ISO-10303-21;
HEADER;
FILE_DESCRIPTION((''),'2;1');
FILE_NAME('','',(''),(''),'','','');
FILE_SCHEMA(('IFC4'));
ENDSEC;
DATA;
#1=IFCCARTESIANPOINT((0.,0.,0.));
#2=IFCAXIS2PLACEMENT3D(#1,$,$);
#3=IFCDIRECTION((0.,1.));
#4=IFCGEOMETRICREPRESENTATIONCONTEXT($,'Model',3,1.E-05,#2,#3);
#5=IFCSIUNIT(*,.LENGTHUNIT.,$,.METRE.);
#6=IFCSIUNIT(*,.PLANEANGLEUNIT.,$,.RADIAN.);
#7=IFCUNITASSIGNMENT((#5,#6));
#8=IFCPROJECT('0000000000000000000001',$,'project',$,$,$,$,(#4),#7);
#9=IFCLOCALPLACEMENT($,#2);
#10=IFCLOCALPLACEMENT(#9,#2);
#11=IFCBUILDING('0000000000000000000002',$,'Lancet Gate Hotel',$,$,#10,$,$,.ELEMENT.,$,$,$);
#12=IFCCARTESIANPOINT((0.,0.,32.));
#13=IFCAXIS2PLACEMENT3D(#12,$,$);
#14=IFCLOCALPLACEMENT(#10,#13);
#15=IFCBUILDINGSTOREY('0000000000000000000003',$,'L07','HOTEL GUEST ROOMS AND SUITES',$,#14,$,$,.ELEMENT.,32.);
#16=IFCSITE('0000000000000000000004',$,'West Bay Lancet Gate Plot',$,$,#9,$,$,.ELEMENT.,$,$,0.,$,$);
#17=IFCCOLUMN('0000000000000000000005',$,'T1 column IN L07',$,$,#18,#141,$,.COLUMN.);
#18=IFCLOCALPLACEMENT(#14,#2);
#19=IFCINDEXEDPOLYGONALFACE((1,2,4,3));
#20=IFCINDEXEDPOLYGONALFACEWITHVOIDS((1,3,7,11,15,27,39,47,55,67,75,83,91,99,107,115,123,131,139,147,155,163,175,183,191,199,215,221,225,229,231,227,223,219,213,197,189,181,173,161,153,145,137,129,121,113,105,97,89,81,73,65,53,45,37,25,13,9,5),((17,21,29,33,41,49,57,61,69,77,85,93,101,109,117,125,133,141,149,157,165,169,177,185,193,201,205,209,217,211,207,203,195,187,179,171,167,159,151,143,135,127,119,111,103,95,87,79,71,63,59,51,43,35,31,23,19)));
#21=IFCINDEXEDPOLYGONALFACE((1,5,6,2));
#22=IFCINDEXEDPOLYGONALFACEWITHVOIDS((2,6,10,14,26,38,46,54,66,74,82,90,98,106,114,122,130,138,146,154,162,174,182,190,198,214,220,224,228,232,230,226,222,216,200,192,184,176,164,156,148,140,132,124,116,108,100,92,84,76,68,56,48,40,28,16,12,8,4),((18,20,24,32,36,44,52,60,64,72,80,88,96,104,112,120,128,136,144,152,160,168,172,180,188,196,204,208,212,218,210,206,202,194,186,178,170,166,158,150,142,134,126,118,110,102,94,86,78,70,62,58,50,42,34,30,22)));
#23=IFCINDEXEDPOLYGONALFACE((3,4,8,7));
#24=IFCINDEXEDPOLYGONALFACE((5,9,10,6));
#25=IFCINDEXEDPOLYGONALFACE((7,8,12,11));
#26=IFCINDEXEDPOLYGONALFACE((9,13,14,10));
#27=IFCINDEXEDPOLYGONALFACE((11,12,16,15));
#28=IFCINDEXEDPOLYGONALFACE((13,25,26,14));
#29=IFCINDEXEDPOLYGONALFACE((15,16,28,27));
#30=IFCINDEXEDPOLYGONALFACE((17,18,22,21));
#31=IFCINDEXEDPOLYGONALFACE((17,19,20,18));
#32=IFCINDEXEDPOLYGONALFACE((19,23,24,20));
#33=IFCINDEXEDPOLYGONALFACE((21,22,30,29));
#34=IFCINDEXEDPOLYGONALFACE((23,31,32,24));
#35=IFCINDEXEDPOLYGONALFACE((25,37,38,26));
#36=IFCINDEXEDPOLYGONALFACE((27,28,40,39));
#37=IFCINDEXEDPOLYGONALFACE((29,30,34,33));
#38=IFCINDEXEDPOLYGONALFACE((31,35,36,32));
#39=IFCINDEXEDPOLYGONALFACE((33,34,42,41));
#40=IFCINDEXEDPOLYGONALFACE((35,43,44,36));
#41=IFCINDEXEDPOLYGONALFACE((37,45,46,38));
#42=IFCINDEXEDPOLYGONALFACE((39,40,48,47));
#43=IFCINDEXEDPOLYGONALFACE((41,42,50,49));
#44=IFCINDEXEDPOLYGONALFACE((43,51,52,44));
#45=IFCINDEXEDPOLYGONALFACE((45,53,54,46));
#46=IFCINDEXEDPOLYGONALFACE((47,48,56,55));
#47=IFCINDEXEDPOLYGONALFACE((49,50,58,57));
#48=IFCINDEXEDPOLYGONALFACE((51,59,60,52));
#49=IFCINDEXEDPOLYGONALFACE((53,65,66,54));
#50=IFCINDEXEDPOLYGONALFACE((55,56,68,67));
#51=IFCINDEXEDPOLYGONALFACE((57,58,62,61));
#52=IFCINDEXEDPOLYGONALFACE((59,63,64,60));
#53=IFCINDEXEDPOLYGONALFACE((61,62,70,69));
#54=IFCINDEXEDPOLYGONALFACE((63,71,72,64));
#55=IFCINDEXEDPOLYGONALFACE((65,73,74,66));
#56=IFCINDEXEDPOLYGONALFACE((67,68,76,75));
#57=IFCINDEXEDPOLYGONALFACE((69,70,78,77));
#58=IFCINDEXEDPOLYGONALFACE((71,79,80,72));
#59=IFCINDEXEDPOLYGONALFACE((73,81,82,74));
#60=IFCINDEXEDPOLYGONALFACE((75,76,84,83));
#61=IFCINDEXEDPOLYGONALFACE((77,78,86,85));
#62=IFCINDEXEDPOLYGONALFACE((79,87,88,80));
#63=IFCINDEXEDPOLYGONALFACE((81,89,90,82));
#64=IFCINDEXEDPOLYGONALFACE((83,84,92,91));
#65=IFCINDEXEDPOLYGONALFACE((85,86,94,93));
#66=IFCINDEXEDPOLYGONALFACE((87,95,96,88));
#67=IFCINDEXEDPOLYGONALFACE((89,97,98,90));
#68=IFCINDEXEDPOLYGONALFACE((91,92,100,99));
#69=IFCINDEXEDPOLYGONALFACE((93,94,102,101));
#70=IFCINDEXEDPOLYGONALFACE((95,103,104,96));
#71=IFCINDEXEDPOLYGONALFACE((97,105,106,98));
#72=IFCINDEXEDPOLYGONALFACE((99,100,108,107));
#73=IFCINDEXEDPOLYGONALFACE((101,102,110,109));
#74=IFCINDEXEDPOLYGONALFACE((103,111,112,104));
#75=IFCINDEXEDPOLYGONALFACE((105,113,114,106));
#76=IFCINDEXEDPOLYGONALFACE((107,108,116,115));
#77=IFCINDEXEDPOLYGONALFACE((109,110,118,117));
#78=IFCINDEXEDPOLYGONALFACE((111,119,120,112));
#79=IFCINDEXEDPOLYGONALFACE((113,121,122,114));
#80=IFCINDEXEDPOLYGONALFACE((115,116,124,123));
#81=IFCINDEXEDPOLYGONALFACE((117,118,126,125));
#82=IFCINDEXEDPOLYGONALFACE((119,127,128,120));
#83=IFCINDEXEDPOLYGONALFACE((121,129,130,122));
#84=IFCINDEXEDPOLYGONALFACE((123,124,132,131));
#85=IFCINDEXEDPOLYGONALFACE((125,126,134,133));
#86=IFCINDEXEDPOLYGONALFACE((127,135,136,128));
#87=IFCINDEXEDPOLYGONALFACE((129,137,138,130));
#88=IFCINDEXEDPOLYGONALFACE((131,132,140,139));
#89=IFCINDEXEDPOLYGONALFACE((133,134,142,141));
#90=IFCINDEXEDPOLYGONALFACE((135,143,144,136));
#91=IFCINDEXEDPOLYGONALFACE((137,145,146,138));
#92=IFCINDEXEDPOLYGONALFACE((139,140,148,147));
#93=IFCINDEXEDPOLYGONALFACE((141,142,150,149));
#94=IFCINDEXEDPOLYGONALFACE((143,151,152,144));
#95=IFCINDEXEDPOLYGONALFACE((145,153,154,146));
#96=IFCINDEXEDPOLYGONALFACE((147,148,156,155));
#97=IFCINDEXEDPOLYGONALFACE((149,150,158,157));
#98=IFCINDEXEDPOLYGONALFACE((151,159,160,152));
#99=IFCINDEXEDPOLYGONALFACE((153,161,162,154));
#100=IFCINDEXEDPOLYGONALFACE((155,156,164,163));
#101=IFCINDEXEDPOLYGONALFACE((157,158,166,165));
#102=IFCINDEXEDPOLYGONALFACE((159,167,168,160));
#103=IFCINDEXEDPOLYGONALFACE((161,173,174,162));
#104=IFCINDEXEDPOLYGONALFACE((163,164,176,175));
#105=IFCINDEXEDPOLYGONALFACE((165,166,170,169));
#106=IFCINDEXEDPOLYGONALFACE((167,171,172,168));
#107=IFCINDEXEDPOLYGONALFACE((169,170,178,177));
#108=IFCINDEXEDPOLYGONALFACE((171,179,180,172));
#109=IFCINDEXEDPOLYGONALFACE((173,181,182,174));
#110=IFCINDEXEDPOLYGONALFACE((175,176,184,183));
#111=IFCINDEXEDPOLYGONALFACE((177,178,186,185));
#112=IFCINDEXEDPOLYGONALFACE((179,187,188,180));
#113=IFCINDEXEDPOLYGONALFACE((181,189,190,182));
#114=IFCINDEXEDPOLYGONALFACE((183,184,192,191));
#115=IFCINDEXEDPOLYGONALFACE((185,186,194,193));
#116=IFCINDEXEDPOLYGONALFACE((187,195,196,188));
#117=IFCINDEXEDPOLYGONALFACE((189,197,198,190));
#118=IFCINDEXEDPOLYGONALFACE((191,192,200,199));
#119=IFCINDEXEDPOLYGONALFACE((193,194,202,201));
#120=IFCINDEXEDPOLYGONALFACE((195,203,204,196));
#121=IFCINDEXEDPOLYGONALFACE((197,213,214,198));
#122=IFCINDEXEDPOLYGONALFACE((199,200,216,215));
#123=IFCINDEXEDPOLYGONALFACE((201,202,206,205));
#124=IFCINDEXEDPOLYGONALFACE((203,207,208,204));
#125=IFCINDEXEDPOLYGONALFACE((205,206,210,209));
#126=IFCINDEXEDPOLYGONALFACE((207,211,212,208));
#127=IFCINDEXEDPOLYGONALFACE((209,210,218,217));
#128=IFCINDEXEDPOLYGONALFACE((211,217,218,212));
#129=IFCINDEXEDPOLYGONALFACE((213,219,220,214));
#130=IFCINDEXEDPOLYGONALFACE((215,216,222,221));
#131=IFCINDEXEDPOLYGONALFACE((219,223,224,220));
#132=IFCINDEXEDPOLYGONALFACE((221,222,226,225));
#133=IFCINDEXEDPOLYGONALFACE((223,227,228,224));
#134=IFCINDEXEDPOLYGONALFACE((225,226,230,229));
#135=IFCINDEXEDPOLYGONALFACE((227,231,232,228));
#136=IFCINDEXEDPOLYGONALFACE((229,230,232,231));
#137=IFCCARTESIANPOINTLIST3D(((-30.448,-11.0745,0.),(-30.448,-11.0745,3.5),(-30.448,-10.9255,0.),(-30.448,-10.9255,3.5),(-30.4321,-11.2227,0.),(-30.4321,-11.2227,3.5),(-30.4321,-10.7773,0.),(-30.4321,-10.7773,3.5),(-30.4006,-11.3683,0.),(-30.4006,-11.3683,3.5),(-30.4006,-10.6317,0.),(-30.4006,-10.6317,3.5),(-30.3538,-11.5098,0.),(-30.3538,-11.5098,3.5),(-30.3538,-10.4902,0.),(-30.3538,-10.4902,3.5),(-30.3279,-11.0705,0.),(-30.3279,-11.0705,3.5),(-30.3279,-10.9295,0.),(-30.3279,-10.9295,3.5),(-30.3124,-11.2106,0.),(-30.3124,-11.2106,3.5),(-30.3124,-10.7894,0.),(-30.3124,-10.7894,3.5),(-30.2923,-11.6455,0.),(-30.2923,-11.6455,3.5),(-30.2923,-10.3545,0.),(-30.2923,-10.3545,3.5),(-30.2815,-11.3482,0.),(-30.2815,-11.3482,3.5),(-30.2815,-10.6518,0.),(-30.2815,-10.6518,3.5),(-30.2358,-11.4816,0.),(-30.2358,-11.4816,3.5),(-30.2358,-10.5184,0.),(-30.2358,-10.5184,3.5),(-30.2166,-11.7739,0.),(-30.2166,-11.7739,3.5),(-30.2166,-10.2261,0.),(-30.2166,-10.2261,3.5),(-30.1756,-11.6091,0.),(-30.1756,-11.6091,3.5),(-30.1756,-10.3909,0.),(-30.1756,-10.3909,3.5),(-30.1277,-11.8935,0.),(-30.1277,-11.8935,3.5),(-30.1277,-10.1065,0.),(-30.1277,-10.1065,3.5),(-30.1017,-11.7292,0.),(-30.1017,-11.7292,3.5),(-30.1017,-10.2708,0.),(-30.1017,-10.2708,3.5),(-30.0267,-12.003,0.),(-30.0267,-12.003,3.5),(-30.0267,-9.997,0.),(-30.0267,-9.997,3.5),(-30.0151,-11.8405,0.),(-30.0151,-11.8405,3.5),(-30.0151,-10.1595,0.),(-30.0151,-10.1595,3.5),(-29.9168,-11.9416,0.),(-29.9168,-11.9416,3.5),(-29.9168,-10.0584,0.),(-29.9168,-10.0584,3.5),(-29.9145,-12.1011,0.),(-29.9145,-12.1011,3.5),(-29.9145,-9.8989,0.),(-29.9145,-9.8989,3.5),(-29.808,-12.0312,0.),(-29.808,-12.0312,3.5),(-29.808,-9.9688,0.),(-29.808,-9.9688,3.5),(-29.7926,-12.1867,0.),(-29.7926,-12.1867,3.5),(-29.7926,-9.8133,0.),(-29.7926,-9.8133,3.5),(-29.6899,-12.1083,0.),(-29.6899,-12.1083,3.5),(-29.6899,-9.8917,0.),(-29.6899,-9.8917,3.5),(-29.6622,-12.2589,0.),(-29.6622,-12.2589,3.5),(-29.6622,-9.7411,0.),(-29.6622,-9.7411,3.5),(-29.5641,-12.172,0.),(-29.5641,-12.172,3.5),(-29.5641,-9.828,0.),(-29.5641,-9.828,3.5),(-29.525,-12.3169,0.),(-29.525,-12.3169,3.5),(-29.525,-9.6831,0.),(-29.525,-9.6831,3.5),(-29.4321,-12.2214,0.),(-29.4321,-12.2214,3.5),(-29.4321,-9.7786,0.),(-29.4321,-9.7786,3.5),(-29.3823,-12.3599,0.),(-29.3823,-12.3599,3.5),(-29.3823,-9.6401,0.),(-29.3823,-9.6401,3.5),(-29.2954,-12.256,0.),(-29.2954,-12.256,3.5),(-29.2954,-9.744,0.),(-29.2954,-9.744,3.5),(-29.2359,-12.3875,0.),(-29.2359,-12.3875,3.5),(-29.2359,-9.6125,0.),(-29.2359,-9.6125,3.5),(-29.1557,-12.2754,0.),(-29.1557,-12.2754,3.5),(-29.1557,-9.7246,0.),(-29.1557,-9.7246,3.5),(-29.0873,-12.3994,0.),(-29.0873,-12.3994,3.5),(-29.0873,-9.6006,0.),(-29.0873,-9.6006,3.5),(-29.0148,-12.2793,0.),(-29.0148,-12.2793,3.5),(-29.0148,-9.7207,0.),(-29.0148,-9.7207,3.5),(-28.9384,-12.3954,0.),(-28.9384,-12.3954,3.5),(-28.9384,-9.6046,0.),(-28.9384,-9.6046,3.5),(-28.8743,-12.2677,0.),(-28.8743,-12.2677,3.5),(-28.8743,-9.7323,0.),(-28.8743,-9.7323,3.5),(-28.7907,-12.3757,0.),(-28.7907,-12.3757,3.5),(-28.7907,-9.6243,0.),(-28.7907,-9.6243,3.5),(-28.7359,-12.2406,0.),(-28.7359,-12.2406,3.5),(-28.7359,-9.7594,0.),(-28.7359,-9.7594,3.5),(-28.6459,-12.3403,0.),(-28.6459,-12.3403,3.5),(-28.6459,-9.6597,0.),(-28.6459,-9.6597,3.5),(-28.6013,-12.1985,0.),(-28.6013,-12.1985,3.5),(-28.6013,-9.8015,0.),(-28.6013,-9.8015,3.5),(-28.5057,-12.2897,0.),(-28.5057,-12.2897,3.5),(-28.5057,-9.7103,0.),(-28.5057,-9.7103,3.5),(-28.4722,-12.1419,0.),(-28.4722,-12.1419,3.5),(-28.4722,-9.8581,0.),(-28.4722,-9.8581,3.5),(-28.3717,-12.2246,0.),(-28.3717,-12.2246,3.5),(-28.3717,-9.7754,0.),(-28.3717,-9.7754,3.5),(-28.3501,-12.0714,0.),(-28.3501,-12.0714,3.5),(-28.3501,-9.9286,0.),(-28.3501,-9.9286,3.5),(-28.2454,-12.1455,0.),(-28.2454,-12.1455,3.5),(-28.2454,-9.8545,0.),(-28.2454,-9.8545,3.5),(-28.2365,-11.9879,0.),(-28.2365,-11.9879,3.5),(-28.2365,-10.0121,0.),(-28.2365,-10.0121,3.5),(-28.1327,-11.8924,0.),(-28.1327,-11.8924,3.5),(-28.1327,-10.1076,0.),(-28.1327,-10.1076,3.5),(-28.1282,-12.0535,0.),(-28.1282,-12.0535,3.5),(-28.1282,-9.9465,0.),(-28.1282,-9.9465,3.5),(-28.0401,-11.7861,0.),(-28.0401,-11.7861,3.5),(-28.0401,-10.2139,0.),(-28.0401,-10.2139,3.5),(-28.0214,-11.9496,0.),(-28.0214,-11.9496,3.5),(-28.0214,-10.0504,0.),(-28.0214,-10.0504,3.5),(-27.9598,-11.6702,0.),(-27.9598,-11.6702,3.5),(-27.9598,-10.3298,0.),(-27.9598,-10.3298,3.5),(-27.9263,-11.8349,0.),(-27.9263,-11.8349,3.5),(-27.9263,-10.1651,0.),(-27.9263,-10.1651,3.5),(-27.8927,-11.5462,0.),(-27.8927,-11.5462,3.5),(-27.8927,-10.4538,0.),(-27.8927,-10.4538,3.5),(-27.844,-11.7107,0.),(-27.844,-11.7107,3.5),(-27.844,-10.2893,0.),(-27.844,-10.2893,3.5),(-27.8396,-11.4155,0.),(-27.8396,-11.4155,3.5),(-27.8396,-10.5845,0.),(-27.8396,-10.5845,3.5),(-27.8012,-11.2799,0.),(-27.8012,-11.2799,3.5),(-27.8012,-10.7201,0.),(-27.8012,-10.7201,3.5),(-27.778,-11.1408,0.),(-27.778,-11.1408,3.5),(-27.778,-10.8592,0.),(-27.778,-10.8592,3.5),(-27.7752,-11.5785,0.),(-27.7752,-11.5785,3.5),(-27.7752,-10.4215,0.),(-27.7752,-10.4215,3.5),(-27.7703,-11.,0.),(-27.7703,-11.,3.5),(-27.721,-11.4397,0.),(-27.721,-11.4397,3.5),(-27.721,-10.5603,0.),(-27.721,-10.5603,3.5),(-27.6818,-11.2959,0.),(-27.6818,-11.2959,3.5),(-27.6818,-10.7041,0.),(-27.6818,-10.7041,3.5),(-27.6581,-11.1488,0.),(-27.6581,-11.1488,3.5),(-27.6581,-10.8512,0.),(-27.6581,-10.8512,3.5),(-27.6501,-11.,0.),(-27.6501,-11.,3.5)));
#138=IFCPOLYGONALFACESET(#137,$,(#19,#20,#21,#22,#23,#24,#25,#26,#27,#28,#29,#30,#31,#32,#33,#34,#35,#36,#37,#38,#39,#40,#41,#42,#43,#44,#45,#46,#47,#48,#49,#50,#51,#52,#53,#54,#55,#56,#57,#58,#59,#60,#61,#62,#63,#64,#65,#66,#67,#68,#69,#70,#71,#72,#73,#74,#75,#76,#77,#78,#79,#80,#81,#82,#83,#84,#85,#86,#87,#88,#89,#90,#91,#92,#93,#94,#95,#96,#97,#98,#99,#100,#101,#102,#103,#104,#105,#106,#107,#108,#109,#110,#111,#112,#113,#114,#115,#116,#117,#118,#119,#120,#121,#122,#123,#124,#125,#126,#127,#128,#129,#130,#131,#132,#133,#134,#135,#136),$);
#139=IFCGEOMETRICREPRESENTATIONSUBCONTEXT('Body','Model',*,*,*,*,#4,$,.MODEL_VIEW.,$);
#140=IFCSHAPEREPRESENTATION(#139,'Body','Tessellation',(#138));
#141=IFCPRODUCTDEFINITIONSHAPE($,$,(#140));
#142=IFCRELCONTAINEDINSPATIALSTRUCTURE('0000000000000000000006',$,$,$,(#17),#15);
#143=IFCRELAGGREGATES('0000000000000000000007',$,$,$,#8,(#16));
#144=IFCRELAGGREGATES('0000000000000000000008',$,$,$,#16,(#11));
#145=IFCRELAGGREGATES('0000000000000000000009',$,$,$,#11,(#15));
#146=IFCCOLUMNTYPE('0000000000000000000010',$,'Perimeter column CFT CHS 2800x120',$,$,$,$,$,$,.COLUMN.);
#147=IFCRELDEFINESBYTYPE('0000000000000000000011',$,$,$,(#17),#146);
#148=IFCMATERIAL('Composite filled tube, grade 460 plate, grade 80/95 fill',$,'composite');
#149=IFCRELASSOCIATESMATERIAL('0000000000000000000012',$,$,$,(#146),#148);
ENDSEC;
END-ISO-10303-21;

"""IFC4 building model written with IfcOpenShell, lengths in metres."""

from ifc_helpers import new_model, si_unit, direction, frame, origin, origin_2d, place, context, subcontext, project, spatial, hollow_circle, extrude, material, material_profile, profile_set, type_object, element, save


model = new_model("IFC4")

# Units and contexts
model_context = context("Model", 3, precision=1e-05, world=origin(), true_north=direction((0.0, 1.0)))
body_context = subcontext(model_context, "Body", "Model", "MODEL_VIEW")
ifc_project = project(units=[si_unit("LENGTHUNIT", "METRE"), si_unit("PLANEANGLEUNIT", "RADIAN")], contexts=[model_context])

# Site, building, storey
site_placement = place(None, origin())
site = spatial("IfcSite", under=ifc_project, at=site_placement, Name="West Bay Lancet Gate Plot", CompositionType="ELEMENT", RefElevation=0.0)
building_placement = place(site_placement, origin())
building = spatial("IfcBuilding", under=site, at=building_placement, Name="Lancet Gate Hotel", CompositionType="ELEMENT")
storey_placement = place(building_placement, frame((0.0, 0.0, 32.0)))
storey = spatial("IfcBuildingStorey", under=building, at=storey_placement, Name="L07", Description="HOTEL GUEST ROOMS AND SUITES", CompositionType="ELEMENT", Elevation=32.0)

# Column
ifc_material_1 = material(Name="Composite filled tube, grade 460 plate, grade 80/95 fill", Category="composite")
ifc_material_profile_1 = material_profile(ifc_material_1, hollow_circle(Radius=1.3999, WallThickness=0.1201, at=origin_2d()), Name="CHS 2800x120")
ifc_profile_set_1 = profile_set([ifc_material_profile_1], Name="Composite filled tube, grade 460 plate, grade 80/95 fill")
column_type = type_object("IfcColumnType", Name="Perimeter column CFT CHS 2800x120", PredefinedType="COLUMN", material=ifc_profile_set_1)
for number, where, z_axis, x_axis, name in (
    (1, (-29.05, -11.0, 0.0), (0.0, 0.0, 1.0), (1.0, 0.0, 0.0), "T1 column IN L07"),
):
    element("IfcColumn", number, at=place(storey_placement, frame(where, z_axis=z_axis, x_axis=x_axis)), inside=storey, type_object=column_type, Name=name, PredefinedType="COLUMN", context=body_context, shape_type="SweptSolid", body=[
        extrude(hollow_circle(Radius=1.3999, WallThickness=0.1201, at=origin_2d()), origin(), (0.0, 0.0, 1.0), 3.5),
    ])

save(model, "model.ifc")
